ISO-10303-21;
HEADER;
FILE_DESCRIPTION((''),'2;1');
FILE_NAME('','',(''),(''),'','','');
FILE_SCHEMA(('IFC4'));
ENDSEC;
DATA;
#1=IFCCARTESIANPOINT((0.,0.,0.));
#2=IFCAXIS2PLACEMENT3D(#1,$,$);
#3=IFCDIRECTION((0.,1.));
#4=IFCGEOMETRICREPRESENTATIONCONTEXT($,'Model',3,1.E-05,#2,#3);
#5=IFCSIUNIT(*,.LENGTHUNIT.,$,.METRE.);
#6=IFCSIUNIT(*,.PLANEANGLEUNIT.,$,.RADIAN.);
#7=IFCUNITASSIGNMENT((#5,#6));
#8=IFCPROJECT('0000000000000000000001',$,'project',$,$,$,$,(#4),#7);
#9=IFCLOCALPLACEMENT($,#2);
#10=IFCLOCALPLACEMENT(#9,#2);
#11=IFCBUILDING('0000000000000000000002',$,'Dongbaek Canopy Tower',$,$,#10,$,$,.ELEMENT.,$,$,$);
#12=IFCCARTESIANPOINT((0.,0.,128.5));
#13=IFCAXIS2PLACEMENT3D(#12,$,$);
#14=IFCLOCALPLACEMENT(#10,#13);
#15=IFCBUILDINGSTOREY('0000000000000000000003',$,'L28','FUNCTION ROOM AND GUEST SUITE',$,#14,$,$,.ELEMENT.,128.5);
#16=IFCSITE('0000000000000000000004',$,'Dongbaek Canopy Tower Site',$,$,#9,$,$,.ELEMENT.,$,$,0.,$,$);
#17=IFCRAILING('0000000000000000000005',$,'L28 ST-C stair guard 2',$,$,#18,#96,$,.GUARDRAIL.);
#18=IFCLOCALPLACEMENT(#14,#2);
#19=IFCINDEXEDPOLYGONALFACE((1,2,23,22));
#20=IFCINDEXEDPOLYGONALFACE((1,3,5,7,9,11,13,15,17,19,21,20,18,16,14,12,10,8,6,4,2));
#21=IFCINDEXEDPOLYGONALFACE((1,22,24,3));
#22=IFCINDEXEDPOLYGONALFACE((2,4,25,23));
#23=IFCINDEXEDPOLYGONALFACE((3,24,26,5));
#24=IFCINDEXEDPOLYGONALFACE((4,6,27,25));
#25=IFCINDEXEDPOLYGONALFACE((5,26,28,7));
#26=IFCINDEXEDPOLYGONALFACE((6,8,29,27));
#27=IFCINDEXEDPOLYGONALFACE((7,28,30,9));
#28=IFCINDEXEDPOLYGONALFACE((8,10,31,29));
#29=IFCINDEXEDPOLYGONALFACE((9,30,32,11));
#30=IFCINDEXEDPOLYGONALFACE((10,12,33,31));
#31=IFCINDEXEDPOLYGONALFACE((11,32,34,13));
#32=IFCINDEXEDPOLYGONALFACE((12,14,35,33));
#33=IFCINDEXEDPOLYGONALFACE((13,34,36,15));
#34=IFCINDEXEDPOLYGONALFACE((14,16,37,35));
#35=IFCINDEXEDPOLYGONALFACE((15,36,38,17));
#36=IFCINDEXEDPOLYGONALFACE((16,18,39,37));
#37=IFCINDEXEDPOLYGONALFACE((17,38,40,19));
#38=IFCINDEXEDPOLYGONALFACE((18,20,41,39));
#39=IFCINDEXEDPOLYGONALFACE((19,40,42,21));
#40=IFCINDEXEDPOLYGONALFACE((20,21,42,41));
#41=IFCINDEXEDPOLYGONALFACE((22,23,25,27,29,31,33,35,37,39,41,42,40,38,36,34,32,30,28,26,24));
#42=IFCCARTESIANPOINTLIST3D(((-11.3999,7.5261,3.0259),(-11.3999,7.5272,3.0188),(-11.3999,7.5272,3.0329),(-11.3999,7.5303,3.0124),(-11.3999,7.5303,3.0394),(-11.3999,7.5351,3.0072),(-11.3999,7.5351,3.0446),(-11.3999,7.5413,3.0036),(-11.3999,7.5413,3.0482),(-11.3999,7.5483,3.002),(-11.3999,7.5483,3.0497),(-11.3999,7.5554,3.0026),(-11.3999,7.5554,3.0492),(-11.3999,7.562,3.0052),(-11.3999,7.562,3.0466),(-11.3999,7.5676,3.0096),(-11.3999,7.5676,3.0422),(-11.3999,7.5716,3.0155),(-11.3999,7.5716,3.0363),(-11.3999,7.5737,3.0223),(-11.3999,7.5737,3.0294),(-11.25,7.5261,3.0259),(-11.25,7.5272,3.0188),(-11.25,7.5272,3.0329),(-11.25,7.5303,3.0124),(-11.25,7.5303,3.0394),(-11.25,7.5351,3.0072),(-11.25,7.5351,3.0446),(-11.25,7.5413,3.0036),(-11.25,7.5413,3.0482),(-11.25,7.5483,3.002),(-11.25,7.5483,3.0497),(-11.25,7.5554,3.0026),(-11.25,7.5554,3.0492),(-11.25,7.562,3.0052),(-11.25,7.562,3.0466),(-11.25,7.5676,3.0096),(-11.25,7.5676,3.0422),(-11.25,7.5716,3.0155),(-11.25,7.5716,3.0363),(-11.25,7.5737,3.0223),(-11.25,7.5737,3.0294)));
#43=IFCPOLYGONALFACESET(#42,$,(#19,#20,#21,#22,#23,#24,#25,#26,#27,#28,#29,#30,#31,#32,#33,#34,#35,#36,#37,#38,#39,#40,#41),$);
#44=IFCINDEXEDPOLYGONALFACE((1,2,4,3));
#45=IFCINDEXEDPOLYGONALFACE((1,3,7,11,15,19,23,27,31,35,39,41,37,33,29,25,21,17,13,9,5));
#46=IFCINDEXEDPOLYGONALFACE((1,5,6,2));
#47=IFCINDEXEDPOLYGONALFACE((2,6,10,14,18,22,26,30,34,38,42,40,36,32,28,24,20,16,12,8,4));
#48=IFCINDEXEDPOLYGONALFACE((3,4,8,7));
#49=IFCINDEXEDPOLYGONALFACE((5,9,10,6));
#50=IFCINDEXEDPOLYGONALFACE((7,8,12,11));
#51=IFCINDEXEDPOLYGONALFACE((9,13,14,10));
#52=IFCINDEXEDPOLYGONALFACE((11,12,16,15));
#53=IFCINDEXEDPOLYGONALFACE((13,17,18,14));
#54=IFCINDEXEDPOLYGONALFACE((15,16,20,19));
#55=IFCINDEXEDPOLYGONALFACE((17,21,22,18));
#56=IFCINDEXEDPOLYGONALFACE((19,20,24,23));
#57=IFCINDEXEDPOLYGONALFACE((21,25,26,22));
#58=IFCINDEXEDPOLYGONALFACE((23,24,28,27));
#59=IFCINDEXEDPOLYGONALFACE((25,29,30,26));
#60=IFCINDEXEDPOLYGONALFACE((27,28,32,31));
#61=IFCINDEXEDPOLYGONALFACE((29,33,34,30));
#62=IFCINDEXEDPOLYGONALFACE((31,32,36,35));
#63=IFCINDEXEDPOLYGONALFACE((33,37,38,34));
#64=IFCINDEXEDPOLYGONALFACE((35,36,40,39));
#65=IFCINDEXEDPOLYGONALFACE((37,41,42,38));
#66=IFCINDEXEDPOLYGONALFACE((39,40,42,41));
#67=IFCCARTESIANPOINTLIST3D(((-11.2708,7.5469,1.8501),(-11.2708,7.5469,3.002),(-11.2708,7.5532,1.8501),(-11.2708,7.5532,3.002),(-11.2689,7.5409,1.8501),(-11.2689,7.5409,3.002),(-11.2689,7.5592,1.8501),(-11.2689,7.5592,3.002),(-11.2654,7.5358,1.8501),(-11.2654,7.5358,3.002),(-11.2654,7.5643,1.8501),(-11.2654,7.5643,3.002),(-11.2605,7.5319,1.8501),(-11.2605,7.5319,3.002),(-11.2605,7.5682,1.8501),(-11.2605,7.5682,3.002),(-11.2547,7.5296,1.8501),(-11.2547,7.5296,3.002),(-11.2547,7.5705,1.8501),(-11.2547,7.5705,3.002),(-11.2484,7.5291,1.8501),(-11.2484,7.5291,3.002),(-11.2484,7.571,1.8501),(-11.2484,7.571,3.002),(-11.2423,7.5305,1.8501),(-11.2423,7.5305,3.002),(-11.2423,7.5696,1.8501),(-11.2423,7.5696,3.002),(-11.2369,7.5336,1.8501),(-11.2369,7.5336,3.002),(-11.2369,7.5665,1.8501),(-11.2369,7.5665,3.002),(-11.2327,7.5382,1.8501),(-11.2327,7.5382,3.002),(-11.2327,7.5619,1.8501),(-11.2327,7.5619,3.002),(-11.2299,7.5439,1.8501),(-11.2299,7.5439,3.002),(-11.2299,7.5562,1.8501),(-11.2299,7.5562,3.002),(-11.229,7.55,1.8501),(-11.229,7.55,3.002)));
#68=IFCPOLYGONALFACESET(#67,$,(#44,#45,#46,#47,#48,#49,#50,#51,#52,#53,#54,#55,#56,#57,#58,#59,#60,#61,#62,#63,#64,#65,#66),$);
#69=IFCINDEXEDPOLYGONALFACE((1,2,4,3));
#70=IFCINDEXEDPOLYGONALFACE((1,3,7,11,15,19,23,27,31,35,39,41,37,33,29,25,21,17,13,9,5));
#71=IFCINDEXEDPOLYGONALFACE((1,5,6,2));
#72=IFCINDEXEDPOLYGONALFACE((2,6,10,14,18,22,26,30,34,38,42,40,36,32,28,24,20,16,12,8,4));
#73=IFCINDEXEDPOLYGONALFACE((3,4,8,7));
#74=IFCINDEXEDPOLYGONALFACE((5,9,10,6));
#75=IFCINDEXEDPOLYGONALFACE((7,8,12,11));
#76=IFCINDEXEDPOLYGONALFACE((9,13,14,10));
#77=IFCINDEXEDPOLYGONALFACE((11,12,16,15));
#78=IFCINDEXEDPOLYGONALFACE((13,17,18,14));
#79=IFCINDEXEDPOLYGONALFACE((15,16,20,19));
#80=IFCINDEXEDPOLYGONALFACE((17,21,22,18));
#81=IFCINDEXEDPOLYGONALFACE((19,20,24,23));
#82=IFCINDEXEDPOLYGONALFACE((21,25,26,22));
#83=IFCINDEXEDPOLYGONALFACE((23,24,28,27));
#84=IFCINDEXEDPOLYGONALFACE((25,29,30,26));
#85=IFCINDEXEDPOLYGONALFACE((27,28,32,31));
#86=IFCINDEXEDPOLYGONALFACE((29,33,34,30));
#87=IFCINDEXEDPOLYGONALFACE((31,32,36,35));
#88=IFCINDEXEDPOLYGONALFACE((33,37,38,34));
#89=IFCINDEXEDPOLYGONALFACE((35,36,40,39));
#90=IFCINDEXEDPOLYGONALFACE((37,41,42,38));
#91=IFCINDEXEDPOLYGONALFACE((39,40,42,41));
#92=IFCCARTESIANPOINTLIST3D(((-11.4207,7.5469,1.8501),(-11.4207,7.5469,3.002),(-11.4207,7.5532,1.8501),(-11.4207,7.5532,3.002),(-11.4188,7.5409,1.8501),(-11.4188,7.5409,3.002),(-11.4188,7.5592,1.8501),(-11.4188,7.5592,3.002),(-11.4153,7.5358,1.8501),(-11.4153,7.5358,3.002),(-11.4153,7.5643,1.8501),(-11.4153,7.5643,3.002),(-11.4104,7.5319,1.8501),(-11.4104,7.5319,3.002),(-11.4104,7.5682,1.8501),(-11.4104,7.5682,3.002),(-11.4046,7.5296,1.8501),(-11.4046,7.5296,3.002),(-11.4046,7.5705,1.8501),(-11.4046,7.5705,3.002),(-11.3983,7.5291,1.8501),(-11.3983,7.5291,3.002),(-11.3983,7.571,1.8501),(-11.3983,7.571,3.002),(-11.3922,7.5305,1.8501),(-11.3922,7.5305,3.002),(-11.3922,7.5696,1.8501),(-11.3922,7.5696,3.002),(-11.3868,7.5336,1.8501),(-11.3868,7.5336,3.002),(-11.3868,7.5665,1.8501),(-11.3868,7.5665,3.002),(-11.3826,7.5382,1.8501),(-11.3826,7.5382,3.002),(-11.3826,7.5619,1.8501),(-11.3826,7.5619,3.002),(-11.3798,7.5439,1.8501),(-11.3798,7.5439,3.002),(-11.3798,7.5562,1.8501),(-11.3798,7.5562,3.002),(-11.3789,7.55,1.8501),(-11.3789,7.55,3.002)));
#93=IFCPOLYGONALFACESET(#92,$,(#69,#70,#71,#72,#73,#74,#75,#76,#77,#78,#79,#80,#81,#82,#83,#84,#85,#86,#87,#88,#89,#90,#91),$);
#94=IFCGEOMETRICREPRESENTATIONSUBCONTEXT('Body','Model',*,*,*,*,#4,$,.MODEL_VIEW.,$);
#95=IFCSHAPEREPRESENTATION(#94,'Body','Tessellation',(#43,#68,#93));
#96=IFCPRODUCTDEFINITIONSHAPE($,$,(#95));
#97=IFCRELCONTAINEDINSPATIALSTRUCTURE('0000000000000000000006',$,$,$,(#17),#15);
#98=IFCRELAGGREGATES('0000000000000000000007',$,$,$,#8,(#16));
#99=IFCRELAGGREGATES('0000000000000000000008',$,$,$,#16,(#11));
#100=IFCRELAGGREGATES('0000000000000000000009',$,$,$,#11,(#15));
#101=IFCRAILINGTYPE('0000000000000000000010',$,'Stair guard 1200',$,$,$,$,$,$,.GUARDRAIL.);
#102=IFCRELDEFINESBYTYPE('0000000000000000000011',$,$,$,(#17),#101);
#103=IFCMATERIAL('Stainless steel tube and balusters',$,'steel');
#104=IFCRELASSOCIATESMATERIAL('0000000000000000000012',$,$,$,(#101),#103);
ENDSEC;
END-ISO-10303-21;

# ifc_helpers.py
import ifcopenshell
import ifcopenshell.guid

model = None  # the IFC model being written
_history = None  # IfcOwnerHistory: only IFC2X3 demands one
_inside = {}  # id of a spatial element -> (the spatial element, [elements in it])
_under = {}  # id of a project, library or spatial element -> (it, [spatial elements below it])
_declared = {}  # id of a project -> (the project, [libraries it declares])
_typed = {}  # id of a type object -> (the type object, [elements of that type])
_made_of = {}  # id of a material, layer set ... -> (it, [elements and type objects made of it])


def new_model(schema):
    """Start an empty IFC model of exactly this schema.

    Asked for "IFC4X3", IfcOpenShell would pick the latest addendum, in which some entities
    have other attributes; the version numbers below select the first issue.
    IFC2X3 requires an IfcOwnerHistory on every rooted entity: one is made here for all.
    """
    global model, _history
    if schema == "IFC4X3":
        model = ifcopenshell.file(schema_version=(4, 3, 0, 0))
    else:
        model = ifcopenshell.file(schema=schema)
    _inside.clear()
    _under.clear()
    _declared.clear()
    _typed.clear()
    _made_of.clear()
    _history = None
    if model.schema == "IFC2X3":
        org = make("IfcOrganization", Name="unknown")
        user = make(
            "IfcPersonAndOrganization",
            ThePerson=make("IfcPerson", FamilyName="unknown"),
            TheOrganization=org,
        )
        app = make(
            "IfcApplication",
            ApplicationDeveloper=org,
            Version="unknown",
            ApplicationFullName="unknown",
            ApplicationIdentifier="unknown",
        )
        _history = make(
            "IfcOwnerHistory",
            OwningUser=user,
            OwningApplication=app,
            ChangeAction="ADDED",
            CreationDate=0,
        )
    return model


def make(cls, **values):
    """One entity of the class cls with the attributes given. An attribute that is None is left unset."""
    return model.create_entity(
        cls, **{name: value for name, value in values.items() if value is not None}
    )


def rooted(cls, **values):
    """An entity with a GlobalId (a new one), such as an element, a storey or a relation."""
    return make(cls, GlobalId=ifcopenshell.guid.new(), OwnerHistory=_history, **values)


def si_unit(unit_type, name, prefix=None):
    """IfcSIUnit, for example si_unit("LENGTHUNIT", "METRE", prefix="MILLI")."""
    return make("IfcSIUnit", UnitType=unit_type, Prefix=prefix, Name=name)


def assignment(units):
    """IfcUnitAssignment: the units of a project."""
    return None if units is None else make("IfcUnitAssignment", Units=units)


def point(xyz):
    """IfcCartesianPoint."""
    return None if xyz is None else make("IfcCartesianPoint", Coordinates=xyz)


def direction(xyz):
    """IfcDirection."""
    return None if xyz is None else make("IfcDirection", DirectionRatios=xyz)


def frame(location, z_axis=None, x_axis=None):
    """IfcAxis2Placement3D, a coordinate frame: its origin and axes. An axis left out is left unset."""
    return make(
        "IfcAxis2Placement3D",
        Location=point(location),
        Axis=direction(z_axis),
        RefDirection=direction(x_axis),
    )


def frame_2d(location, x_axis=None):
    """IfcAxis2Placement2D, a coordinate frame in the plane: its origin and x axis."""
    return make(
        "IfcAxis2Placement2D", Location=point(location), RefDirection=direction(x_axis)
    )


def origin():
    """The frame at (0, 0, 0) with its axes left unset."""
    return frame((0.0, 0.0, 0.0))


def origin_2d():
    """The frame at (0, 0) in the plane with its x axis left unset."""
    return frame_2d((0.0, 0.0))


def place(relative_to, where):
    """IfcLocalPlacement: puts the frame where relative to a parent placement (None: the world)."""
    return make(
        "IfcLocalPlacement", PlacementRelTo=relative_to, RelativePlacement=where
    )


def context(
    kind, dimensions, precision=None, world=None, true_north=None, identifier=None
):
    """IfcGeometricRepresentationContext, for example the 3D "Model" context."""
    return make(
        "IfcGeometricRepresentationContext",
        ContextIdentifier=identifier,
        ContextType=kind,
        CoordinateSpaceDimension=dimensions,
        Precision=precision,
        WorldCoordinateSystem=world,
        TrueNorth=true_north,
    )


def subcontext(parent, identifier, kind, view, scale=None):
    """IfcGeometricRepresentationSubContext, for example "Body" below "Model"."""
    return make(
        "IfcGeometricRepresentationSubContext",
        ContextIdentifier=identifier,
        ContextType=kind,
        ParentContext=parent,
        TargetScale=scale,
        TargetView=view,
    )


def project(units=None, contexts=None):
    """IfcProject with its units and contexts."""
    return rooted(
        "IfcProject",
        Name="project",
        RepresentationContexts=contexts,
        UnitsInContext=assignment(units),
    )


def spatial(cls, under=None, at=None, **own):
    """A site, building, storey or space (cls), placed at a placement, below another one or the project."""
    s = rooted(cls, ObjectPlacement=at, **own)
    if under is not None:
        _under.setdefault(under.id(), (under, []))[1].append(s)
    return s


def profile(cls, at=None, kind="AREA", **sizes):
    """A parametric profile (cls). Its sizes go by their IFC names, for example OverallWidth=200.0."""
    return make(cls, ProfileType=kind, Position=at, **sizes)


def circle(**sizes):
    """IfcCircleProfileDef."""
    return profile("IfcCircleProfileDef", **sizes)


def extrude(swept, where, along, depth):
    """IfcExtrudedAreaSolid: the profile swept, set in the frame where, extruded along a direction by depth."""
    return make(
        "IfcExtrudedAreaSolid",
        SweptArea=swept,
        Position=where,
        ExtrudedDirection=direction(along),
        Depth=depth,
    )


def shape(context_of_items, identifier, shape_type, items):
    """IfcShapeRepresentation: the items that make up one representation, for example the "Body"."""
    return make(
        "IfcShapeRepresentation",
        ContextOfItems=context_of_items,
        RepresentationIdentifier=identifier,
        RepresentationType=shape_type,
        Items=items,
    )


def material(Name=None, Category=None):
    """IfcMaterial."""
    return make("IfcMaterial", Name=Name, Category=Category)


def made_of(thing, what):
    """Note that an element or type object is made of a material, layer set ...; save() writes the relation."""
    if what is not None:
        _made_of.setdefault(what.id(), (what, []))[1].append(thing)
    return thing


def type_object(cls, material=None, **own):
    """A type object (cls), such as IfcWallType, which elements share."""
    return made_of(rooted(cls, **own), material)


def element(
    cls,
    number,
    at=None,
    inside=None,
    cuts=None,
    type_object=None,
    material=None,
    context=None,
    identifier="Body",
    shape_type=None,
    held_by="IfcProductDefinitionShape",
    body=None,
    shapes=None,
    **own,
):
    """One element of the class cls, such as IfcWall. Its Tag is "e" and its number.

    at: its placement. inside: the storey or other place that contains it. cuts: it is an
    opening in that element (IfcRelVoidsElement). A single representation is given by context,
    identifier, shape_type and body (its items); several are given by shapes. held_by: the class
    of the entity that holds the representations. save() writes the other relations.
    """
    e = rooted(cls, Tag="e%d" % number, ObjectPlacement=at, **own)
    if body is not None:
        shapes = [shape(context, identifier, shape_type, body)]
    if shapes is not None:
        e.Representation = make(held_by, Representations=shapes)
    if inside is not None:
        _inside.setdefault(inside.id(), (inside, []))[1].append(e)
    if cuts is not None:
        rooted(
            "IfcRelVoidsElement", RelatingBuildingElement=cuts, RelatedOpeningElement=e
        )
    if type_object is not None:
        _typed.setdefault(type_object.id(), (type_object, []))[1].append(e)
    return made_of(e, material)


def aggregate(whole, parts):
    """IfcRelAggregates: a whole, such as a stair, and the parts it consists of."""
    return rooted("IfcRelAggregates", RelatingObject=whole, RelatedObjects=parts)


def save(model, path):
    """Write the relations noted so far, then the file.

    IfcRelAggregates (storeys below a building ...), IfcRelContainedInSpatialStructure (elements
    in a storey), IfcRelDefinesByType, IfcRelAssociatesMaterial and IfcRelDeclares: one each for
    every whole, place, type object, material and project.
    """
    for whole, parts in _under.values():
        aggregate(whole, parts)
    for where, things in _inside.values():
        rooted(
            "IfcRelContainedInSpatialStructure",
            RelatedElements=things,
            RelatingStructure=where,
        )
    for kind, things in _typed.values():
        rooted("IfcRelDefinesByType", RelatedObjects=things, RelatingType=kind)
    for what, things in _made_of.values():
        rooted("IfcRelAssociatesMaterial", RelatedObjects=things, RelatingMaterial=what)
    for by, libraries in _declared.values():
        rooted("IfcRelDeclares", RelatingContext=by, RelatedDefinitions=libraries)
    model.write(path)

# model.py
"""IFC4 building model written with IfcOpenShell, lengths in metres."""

from ifc_helpers import new_model, si_unit, direction, frame, origin, origin_2d, place, context, subcontext, project, spatial, circle, extrude, material, type_object, element, save


model = new_model("IFC4")

# Units and contexts
model_context = context("Model", 3, precision=1e-05, world=origin(), true_north=direction((0.0, 1.0)))
body_context = subcontext(model_context, "Body", "Model", "MODEL_VIEW")
ifc_project = project(units=[si_unit("LENGTHUNIT", "METRE"), si_unit("PLANEANGLEUNIT", "RADIAN")], contexts=[model_context])

# Site, building, storey
site_placement = place(None, origin())
site = spatial("IfcSite", under=ifc_project, at=site_placement, Name="Dongbaek Canopy Tower Site", CompositionType="ELEMENT", RefElevation=0.0)
building_placement = place(site_placement, origin())
building = spatial("IfcBuilding", under=site, at=building_placement, Name="Dongbaek Canopy Tower", CompositionType="ELEMENT")
storey_placement = place(building_placement, frame((0.0, 0.0, 128.5)))
storey = spatial("IfcBuildingStorey", under=building, at=storey_placement, Name="L28", Description="FUNCTION ROOM AND GUEST SUITE", CompositionType="ELEMENT", Elevation=128.5)

# Railing
ifc_material_1 = material(Name="Stainless steel tube and balusters", Category="steel")
railing_type_1 = type_object("IfcRailingType", Name="Stair guard 1200", PredefinedType="GUARDRAIL", material=ifc_material_1)
railing_1_placement = place(storey_placement, frame((-11.25, 7.55, 1.8501)))
element("IfcRailing", 1, at=railing_1_placement, inside=storey, type_object=railing_type_1, Name="L28 ST-C stair guard 2", PredefinedType="GUARDRAIL", context=body_context, shape_type="SweptSolid", body=[
    extrude(circle(Radius=0.0239, at=origin_2d()), frame((0.0, 0.0, 1.1758), z_axis=(-1.0, 0.0, 0.0), x_axis=(0.0, -1.0, 0.0)), (0.0, 0.0, 1.0), 0.1499),
    extrude(circle(Radius=0.021, at=origin_2d()), origin(), (0.0, 0.0, 1.0), 1.1519),
    extrude(circle(Radius=0.021, at=origin_2d()), frame((-0.1499, 0.0, 0.0)), (0.0, 0.0, 1.0), 1.1519),
])

save(model, "model.ifc")
